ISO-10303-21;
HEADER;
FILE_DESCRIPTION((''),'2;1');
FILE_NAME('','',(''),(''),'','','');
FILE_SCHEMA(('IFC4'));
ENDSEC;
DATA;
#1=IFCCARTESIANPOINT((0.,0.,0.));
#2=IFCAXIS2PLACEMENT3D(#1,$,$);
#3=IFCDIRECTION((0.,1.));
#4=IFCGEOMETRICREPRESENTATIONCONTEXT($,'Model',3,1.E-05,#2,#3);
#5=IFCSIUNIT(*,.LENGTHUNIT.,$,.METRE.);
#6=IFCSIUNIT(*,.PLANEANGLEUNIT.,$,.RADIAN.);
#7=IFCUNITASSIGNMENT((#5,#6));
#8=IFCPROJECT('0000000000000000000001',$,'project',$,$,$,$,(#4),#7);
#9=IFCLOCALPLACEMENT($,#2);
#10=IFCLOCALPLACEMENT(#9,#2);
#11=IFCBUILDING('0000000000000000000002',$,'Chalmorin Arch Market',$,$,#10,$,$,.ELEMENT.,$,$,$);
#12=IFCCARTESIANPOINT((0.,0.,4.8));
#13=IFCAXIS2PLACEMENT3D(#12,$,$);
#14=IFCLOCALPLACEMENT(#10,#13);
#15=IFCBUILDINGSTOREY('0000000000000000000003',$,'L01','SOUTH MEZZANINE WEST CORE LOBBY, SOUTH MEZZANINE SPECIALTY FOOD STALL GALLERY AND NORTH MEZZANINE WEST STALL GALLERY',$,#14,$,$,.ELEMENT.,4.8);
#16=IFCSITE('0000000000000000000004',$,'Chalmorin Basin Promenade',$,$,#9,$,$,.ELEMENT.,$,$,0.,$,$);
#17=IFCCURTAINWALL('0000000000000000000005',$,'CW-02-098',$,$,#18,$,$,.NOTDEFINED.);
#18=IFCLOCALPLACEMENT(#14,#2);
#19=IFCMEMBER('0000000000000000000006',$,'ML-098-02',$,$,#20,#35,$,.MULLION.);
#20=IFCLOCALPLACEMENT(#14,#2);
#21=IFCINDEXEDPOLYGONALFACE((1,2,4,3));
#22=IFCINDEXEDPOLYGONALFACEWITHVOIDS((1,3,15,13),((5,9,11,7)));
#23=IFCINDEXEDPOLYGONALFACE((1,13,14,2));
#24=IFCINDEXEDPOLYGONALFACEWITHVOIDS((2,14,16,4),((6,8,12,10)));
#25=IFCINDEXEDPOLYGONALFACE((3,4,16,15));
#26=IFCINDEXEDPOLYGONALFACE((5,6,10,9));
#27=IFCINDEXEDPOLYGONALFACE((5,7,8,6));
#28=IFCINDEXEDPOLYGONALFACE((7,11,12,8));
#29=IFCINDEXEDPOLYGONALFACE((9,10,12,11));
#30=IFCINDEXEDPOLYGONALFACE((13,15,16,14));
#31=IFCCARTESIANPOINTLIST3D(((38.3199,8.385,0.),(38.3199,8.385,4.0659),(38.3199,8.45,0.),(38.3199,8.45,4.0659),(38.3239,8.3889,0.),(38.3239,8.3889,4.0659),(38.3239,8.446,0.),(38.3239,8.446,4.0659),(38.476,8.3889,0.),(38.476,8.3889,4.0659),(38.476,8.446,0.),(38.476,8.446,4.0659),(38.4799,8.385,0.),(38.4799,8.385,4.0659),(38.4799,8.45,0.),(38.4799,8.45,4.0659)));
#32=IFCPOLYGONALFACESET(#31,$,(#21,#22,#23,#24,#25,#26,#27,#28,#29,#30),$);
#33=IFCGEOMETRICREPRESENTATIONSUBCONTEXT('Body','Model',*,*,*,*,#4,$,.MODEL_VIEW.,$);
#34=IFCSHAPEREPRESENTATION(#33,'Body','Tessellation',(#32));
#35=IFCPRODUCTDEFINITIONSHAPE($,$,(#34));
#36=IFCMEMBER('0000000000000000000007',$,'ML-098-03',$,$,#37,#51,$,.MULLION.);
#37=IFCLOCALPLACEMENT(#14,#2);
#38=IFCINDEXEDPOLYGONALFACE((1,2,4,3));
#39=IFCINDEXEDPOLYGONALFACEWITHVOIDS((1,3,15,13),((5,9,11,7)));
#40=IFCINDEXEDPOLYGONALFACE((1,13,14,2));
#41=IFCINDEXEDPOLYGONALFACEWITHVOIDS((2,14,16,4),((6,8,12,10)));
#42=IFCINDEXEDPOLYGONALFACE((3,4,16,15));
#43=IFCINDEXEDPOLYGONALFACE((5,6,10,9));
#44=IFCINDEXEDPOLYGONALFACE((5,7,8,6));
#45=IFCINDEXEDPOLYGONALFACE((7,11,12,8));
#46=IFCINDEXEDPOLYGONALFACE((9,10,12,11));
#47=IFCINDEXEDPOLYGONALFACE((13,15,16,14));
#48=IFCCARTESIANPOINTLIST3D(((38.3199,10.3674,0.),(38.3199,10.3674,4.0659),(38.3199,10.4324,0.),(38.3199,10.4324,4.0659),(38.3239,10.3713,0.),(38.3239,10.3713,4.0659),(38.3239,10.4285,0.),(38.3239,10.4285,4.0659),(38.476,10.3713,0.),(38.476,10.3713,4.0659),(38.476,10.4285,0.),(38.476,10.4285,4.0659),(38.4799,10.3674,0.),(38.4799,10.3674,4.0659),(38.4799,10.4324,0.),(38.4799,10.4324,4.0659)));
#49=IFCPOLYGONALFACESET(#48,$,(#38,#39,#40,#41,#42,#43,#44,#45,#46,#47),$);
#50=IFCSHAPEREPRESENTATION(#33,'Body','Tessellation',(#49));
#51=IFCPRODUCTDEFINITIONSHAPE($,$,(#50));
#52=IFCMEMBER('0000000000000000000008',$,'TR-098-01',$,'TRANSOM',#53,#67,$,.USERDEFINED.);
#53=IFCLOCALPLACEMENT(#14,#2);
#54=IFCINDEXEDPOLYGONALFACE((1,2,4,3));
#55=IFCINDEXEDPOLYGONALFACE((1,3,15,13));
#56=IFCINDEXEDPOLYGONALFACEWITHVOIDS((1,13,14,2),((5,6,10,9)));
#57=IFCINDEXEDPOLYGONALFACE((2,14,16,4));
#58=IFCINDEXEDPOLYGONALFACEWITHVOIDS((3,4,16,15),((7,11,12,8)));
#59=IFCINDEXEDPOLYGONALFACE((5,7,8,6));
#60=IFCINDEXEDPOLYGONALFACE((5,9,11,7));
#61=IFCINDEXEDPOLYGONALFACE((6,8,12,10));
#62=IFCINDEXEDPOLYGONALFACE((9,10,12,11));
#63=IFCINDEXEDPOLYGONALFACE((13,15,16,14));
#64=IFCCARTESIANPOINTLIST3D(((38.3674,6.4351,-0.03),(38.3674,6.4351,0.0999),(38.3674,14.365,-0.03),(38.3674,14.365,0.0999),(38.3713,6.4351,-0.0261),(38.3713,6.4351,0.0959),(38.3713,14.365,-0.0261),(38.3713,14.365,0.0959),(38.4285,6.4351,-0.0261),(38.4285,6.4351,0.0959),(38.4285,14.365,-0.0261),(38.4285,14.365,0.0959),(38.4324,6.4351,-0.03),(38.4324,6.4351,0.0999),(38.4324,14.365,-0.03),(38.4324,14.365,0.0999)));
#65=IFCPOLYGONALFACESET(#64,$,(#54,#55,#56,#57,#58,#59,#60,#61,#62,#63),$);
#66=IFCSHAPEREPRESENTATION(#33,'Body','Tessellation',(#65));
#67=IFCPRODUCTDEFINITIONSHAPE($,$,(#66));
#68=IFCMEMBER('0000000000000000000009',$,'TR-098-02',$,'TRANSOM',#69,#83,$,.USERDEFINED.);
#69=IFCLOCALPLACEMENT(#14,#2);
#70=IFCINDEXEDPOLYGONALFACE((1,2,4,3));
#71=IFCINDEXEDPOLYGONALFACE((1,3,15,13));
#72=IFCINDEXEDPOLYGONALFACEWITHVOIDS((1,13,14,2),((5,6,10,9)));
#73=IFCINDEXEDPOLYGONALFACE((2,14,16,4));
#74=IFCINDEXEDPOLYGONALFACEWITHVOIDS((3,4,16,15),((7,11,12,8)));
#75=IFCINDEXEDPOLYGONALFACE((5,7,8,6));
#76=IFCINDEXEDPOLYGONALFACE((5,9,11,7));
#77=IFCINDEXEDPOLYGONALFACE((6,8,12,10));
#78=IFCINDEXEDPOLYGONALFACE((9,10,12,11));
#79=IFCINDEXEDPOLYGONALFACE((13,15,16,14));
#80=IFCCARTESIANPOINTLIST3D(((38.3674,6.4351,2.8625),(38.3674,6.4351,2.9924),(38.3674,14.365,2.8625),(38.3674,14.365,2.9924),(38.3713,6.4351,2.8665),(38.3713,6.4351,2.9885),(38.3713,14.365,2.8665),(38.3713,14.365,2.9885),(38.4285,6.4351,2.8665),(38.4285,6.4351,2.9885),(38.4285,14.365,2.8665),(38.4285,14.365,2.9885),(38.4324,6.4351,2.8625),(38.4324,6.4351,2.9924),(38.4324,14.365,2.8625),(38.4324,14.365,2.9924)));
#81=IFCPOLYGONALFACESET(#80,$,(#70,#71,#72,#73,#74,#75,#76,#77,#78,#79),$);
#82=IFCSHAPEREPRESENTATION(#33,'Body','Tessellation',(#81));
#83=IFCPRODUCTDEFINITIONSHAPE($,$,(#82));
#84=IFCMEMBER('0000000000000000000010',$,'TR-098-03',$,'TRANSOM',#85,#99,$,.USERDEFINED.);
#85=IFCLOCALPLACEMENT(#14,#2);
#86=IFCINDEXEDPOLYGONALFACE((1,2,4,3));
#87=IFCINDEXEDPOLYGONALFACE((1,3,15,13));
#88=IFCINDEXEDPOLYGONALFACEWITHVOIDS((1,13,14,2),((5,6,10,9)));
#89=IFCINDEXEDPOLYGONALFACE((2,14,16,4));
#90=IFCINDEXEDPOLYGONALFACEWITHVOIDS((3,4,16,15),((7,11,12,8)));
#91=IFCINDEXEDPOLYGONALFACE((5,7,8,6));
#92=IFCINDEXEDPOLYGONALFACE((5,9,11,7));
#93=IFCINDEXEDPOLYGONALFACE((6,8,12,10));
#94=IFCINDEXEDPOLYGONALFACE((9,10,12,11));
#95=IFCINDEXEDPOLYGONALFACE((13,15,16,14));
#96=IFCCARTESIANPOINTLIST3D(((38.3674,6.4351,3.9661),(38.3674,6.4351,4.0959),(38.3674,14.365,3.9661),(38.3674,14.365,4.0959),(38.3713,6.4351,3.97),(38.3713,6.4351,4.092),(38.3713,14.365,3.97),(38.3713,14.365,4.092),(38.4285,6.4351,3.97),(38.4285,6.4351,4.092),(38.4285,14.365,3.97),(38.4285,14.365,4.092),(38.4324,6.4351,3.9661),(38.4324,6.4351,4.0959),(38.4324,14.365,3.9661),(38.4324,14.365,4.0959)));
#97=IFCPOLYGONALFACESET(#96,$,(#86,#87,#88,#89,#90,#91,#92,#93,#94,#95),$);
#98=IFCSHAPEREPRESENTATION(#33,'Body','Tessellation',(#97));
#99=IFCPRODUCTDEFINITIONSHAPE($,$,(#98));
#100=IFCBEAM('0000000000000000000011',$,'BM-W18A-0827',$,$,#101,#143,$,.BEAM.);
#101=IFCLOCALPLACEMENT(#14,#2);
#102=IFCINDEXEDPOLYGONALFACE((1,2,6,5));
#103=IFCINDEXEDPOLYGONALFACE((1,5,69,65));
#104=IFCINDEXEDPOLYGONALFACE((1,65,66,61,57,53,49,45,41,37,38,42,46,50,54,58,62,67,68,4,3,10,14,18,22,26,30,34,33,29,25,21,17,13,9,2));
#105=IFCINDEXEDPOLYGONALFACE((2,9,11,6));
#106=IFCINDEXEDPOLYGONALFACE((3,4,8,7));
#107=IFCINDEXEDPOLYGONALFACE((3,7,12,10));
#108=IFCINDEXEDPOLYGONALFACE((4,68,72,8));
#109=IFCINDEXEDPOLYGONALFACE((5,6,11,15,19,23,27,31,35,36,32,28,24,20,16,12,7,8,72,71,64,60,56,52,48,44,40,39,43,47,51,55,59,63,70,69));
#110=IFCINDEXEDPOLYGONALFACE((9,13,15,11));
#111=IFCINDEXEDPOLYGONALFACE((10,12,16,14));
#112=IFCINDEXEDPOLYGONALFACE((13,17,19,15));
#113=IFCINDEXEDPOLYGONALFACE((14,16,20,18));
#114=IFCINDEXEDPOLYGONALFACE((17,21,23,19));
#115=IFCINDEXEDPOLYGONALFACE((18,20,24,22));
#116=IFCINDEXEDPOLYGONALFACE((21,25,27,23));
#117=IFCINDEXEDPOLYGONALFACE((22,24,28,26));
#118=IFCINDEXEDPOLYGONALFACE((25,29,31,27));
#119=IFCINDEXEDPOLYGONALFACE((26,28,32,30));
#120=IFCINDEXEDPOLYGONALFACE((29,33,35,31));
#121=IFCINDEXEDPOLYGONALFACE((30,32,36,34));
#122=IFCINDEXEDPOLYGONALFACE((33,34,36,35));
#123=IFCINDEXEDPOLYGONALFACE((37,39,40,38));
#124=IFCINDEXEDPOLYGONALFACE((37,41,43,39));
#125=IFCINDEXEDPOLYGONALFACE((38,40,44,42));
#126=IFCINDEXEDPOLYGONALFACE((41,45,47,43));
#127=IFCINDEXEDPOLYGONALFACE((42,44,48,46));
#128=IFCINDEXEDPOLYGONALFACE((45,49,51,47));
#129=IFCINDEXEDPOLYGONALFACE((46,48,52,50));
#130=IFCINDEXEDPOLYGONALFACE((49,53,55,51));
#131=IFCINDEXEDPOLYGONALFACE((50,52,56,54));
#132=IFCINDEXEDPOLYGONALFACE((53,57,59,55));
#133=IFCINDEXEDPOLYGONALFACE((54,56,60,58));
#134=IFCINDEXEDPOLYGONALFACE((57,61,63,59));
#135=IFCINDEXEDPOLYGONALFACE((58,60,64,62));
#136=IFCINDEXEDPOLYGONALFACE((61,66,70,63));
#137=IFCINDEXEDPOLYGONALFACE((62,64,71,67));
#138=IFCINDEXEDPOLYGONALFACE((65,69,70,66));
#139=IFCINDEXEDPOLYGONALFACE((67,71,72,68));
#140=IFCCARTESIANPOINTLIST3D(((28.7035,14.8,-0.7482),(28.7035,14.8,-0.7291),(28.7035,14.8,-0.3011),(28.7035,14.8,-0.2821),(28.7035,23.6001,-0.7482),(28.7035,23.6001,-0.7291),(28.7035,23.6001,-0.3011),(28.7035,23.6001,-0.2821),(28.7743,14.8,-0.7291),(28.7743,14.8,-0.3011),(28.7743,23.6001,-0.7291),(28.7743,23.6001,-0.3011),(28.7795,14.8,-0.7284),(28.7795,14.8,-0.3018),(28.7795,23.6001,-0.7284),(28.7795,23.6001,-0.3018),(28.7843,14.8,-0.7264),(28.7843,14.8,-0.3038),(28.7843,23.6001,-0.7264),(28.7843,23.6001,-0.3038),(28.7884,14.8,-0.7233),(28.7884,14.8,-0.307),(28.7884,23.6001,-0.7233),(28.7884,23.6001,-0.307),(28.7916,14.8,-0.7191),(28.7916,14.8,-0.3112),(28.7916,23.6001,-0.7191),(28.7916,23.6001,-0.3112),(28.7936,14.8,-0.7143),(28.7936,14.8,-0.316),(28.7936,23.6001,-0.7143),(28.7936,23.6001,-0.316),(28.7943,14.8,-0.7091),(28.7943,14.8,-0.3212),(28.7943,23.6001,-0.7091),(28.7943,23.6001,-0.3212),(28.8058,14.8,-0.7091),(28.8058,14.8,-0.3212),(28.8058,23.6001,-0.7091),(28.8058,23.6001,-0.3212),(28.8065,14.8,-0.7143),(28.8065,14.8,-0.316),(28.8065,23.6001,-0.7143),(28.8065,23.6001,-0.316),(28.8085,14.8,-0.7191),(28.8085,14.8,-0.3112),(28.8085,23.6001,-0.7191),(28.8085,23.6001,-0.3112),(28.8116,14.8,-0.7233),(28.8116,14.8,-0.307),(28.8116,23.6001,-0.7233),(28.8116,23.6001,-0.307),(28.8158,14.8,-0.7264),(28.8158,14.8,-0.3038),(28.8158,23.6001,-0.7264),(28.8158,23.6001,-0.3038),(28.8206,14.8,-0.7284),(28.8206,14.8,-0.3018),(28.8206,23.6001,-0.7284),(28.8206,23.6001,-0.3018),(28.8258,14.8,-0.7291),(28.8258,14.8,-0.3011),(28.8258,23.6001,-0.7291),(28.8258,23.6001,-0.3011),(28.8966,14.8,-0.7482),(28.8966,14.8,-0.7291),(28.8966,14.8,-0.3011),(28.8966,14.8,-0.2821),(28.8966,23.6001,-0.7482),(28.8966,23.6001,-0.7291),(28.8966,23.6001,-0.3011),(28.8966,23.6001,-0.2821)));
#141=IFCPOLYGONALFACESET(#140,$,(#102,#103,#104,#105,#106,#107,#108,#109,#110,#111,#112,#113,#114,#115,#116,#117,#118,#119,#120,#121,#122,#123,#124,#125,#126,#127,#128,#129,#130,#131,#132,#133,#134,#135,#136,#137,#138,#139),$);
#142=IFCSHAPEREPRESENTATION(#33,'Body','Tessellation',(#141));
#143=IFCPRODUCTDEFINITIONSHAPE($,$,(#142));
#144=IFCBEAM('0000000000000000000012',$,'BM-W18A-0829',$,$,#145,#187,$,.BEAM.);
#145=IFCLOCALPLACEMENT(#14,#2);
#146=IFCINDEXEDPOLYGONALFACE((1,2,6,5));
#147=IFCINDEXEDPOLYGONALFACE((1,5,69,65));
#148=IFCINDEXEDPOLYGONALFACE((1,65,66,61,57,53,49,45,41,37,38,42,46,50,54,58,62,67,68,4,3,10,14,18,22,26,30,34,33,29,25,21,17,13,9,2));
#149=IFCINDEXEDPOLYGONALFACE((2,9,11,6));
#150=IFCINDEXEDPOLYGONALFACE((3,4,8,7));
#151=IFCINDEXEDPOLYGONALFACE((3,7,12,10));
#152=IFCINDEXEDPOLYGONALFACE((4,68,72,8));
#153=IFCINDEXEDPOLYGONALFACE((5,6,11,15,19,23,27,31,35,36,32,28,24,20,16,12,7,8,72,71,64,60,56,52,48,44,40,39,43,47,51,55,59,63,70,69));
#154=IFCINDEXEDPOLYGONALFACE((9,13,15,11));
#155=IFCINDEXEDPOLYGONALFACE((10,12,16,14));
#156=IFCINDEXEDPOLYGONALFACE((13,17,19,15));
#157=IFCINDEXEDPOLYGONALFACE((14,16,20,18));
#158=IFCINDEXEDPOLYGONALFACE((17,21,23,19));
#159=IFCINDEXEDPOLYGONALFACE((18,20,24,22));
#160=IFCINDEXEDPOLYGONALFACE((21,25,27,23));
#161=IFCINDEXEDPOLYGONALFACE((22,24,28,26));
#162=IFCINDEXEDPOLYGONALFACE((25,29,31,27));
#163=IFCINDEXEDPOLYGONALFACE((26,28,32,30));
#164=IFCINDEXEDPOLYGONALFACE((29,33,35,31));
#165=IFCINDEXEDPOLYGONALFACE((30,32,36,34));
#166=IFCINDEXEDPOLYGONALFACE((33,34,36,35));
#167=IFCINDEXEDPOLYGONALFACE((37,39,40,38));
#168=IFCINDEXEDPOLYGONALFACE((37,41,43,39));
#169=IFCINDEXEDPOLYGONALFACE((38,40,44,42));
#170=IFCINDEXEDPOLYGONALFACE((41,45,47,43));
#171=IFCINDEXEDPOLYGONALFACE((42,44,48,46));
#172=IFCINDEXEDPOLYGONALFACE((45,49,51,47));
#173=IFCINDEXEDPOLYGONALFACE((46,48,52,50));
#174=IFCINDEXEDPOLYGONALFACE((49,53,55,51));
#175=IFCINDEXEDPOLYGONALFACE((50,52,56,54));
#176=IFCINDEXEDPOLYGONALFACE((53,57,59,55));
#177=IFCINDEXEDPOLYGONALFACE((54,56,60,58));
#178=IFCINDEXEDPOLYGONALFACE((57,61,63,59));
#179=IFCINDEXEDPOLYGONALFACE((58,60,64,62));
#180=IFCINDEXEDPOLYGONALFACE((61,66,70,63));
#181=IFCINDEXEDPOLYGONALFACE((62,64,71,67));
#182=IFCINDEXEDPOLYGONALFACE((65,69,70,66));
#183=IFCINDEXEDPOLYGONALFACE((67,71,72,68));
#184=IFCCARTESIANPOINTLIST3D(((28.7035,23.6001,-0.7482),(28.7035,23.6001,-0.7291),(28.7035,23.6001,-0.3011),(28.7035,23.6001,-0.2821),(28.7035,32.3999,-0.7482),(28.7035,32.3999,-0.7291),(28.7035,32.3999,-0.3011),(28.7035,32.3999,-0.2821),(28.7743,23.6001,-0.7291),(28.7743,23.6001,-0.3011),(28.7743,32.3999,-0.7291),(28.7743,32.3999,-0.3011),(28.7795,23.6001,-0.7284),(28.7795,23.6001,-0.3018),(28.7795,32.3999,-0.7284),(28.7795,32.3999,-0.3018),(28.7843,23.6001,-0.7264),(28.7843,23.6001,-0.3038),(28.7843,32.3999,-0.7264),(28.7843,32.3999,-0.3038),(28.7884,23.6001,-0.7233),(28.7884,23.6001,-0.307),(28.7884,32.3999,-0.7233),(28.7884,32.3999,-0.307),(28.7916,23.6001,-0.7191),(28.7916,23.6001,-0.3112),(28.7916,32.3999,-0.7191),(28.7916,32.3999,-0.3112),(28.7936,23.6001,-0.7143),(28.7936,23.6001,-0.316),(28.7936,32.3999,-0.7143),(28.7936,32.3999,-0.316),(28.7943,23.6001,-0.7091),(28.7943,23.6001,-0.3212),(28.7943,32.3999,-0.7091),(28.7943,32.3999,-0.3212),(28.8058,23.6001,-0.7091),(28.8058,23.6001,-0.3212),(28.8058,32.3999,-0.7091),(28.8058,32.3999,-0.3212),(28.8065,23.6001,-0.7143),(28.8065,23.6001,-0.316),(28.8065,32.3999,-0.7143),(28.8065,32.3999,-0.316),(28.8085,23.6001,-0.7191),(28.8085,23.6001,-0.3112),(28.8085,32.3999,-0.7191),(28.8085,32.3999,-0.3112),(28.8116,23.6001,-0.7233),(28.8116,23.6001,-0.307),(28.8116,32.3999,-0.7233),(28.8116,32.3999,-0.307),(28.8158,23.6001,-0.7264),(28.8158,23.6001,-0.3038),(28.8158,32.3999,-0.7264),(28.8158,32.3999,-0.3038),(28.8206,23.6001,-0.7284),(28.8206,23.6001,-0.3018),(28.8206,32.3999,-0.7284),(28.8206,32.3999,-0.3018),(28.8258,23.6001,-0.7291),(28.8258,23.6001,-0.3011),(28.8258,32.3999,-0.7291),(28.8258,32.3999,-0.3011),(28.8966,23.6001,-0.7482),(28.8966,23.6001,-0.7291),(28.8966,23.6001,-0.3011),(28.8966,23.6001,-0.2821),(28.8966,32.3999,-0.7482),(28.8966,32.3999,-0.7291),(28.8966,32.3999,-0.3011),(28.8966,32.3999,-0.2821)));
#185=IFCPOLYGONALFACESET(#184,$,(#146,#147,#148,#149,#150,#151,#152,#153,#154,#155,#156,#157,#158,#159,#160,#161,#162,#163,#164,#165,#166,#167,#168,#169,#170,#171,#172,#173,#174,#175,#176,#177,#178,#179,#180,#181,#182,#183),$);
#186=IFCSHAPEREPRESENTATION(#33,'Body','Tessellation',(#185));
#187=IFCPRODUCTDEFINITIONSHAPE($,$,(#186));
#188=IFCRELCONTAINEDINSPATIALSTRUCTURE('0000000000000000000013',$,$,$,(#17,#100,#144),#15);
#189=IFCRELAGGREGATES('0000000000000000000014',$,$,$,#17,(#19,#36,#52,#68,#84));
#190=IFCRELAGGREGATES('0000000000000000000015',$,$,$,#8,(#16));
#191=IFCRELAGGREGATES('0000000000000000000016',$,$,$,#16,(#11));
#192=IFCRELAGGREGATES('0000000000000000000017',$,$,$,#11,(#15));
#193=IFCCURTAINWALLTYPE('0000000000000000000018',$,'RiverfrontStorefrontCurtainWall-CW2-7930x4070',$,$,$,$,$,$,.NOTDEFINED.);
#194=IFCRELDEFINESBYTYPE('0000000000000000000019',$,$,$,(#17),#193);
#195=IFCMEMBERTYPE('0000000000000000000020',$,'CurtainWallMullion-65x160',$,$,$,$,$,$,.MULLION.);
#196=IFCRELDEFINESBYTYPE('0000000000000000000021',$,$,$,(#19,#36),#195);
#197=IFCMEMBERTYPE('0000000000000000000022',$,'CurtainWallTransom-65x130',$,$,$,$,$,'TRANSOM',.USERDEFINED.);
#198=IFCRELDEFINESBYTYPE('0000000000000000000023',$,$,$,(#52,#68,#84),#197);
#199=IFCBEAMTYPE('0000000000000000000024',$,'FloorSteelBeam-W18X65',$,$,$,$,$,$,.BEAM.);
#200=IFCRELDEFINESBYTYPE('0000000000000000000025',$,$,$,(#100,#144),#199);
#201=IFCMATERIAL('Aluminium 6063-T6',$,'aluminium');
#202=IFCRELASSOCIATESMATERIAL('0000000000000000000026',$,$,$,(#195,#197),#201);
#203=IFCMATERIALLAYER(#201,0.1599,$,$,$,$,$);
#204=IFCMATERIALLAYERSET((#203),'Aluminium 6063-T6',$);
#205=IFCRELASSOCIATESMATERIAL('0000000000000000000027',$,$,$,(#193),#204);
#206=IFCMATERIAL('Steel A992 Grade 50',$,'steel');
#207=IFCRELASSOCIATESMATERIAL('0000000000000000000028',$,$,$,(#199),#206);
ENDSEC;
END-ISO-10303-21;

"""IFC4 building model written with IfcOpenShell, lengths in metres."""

from ifc_helpers import new_model, si_unit, direction, frame, origin, origin_2d, place, context, subcontext, project, spatial, hollow_rectangle, i_section, extrude, material, layer, layer_set, material_profile, profile_set, type_object, element, aggregate, save


model = new_model("IFC4")

# Units and contexts
model_context = context("Model", 3, precision=1e-05, world=origin(), true_north=direction((0.0, 1.0)))
body_context = subcontext(model_context, "Body", "Model", "MODEL_VIEW")
ifc_project = project(units=[si_unit("LENGTHUNIT", "METRE"), si_unit("PLANEANGLEUNIT", "RADIAN")], contexts=[model_context])

# Site, building, storey
site_placement = place(None, origin())
site = spatial("IfcSite", under=ifc_project, at=site_placement, Name="Chalmorin Basin Promenade", CompositionType="ELEMENT", RefElevation=0.0)
building_placement = place(site_placement, origin())
building = spatial("IfcBuilding", under=site, at=building_placement, Name="Chalmorin Arch Market", CompositionType="ELEMENT")
storey_placement = place(building_placement, frame((0.0, 0.0, 4.8)))
storey = spatial("IfcBuildingStorey", under=building, at=storey_placement, Name="L01", Description="SOUTH MEZZANINE WEST CORE LOBBY, SOUTH MEZZANINE SPECIALTY FOOD STALL GALLERY AND NORTH MEZZANINE WEST STALL GALLERY", CompositionType="ELEMENT", Elevation=4.8)

# Shared definitions
ifc_material_1 = material(Name="Steel A992 Grade 50", Category="steel")

# Curtain wall, members
ifc_material_2 = material(Name="Aluminium 6063-T6", Category="aluminium")
ifc_material_profile_1 = material_profile(ifc_material_2, hollow_rectangle(XDim=0.0649, YDim=0.1599, WallThickness=0.0039, at=origin_2d()), Name="ALU65X160X4")
ifc_profile_set_1 = profile_set([ifc_material_profile_1], Name="Aluminium 6063-T6")
member_type_1 = type_object("IfcMemberType", Name="CurtainWallMullion-65x160", PredefinedType="MULLION", material=ifc_profile_set_1)
ifc_layer_1 = layer(ifc_material_2, 0.1599)
ifc_layer_set_1 = layer_set([ifc_layer_1], Name="Aluminium 6063-T6")
curtain_wall_type_1 = type_object("IfcCurtainWallType", Name="RiverfrontStorefrontCurtainWall-CW2-7930x4070", PredefinedType="NOTDEFINED", material=ifc_layer_set_1)
curtain_wall_1_placement = place(storey_placement, origin())
curtain_wall_1 = element("IfcCurtainWall", 1, at=curtain_wall_1_placement, inside=storey, type_object=curtain_wall_type_1, Name="CW-02-098", PredefinedType="NOTDEFINED")
member_1_placement = place(storey_placement, frame((38.3999, 8.4175, 0.0), z_axis=(0.0, 0.0, 1.0), x_axis=(0.0, 1.0, 0.0)))
member_1 = element("IfcMember", 2, at=member_1_placement, type_object=member_type_1, Name="ML-098-02", PredefinedType="MULLION", context=body_context, shape_type="SweptSolid", body=[
    extrude(hollow_rectangle(XDim=0.0649, YDim=0.1599, WallThickness=0.0039, at=origin_2d()), origin(), (0.0, 0.0, 1.0), 4.0659),
])
member_2_placement = place(storey_placement, frame((38.3999, 10.3999, 0.0), z_axis=(0.0, 0.0, 1.0), x_axis=(0.0, 1.0, 0.0)))
member_2 = element("IfcMember", 3, at=member_2_placement, type_object=member_type_1, Name="ML-098-03", PredefinedType="MULLION", context=body_context, shape_type="SweptSolid", body=[
    extrude(hollow_rectangle(XDim=0.0649, YDim=0.1599, WallThickness=0.0039, at=origin_2d()), origin(), (0.0, 0.0, 1.0), 4.0659),
])
ifc_material_profile_2 = material_profile(ifc_material_2, hollow_rectangle(XDim=0.0649, YDim=0.1299, WallThickness=0.0039, at=origin_2d()), Name="ALU65X130X4")
ifc_profile_set_2 = profile_set([ifc_material_profile_2], Name="Aluminium 6063-T6")
member_type_2 = type_object("IfcMemberType", Name="CurtainWallTransom-65x130", ElementType="TRANSOM", PredefinedType="USERDEFINED", material=ifc_profile_set_2)
member_3_placement = place(storey_placement, frame((38.3999, 6.4351, 0.0349), z_axis=(0.0, 1.0, 0.0), x_axis=(-1.0, 0.0, 0.0)))
member_3 = element("IfcMember", 4, at=member_3_placement, type_object=member_type_2, Name="TR-098-01", ObjectType="TRANSOM", PredefinedType="USERDEFINED", context=body_context, shape_type="SweptSolid", body=[
    extrude(hollow_rectangle(XDim=0.0649, YDim=0.1299, WallThickness=0.0039, at=origin_2d()), origin(), (0.0, 0.0, 1.0), 7.9299),
])
member_4_placement = place(storey_placement, frame((38.3999, 6.4351, 2.9275), z_axis=(0.0, 1.0, 0.0), x_axis=(-1.0, 0.0, 0.0)))
member_4 = element("IfcMember", 5, at=member_4_placement, type_object=member_type_2, Name="TR-098-02", ObjectType="TRANSOM", PredefinedType="USERDEFINED", context=body_context, shape_type="SweptSolid", body=[
    extrude(hollow_rectangle(XDim=0.0649, YDim=0.1299, WallThickness=0.0039, at=origin_2d()), origin(), (0.0, 0.0, 1.0), 7.9299),
])
member_5_placement = place(storey_placement, frame((38.3999, 6.4351, 4.031), z_axis=(0.0, 1.0, 0.0), x_axis=(-1.0, 0.0, 0.0)))
member_5 = element("IfcMember", 6, at=member_5_placement, type_object=member_type_2, Name="TR-098-03", ObjectType="TRANSOM", PredefinedType="USERDEFINED", context=body_context, shape_type="SweptSolid", body=[
    extrude(hollow_rectangle(XDim=0.0649, YDim=0.1299, WallThickness=0.0039, at=origin_2d()), origin(), (0.0, 0.0, 1.0), 7.9299),
])

# Beams
ifc_material_profile_3 = material_profile(ifc_material_1, i_section(OverallWidth=0.1931, OverallDepth=0.4661, WebThickness=0.0115, FlangeThickness=0.019, FilletRadius=0.02, at=origin_2d()), Name="W18X65")
ifc_profile_set_3 = profile_set([ifc_material_profile_3], Name="Steel A992 Grade 50")
beam_type_1 = type_object("IfcBeamType", Name="FloorSteelBeam-W18X65", PredefinedType="BEAM", material=ifc_profile_set_3)
beam_1_placement = place(storey_placement, frame((28.8, 14.8, -0.5151), z_axis=(0.0, 1.0, 0.0), x_axis=(-1.0, 0.0, 0.0)))
element("IfcBeam", 7, at=beam_1_placement, inside=storey, type_object=beam_type_1, Name="BM-W18A-0827", PredefinedType="BEAM", context=body_context, shape_type="SweptSolid", body=[
    extrude(i_section(OverallWidth=0.1931, OverallDepth=0.4661, WebThickness=0.0115, FlangeThickness=0.019, FilletRadius=0.02, at=origin_2d()), origin(), (0.0, 0.0, 1.0), 8.8),
])
beam_2_placement = place(storey_placement, frame((28.8, 23.6001, -0.5151), z_axis=(0.0, 1.0, 0.0), x_axis=(-1.0, 0.0, 0.0)))
element("IfcBeam", 8, at=beam_2_placement, inside=storey, type_object=beam_type_1, Name="BM-W18A-0829", PredefinedType="BEAM", context=body_context, shape_type="SweptSolid", body=[
    extrude(i_section(OverallWidth=0.1931, OverallDepth=0.4661, WebThickness=0.0115, FlangeThickness=0.019, FilletRadius=0.02, at=origin_2d()), origin(), (0.0, 0.0, 1.0), 8.7998),
])

aggregate(curtain_wall_1, [member_1, member_2, member_3, member_4, member_5])

save(model, "model.ifc")
